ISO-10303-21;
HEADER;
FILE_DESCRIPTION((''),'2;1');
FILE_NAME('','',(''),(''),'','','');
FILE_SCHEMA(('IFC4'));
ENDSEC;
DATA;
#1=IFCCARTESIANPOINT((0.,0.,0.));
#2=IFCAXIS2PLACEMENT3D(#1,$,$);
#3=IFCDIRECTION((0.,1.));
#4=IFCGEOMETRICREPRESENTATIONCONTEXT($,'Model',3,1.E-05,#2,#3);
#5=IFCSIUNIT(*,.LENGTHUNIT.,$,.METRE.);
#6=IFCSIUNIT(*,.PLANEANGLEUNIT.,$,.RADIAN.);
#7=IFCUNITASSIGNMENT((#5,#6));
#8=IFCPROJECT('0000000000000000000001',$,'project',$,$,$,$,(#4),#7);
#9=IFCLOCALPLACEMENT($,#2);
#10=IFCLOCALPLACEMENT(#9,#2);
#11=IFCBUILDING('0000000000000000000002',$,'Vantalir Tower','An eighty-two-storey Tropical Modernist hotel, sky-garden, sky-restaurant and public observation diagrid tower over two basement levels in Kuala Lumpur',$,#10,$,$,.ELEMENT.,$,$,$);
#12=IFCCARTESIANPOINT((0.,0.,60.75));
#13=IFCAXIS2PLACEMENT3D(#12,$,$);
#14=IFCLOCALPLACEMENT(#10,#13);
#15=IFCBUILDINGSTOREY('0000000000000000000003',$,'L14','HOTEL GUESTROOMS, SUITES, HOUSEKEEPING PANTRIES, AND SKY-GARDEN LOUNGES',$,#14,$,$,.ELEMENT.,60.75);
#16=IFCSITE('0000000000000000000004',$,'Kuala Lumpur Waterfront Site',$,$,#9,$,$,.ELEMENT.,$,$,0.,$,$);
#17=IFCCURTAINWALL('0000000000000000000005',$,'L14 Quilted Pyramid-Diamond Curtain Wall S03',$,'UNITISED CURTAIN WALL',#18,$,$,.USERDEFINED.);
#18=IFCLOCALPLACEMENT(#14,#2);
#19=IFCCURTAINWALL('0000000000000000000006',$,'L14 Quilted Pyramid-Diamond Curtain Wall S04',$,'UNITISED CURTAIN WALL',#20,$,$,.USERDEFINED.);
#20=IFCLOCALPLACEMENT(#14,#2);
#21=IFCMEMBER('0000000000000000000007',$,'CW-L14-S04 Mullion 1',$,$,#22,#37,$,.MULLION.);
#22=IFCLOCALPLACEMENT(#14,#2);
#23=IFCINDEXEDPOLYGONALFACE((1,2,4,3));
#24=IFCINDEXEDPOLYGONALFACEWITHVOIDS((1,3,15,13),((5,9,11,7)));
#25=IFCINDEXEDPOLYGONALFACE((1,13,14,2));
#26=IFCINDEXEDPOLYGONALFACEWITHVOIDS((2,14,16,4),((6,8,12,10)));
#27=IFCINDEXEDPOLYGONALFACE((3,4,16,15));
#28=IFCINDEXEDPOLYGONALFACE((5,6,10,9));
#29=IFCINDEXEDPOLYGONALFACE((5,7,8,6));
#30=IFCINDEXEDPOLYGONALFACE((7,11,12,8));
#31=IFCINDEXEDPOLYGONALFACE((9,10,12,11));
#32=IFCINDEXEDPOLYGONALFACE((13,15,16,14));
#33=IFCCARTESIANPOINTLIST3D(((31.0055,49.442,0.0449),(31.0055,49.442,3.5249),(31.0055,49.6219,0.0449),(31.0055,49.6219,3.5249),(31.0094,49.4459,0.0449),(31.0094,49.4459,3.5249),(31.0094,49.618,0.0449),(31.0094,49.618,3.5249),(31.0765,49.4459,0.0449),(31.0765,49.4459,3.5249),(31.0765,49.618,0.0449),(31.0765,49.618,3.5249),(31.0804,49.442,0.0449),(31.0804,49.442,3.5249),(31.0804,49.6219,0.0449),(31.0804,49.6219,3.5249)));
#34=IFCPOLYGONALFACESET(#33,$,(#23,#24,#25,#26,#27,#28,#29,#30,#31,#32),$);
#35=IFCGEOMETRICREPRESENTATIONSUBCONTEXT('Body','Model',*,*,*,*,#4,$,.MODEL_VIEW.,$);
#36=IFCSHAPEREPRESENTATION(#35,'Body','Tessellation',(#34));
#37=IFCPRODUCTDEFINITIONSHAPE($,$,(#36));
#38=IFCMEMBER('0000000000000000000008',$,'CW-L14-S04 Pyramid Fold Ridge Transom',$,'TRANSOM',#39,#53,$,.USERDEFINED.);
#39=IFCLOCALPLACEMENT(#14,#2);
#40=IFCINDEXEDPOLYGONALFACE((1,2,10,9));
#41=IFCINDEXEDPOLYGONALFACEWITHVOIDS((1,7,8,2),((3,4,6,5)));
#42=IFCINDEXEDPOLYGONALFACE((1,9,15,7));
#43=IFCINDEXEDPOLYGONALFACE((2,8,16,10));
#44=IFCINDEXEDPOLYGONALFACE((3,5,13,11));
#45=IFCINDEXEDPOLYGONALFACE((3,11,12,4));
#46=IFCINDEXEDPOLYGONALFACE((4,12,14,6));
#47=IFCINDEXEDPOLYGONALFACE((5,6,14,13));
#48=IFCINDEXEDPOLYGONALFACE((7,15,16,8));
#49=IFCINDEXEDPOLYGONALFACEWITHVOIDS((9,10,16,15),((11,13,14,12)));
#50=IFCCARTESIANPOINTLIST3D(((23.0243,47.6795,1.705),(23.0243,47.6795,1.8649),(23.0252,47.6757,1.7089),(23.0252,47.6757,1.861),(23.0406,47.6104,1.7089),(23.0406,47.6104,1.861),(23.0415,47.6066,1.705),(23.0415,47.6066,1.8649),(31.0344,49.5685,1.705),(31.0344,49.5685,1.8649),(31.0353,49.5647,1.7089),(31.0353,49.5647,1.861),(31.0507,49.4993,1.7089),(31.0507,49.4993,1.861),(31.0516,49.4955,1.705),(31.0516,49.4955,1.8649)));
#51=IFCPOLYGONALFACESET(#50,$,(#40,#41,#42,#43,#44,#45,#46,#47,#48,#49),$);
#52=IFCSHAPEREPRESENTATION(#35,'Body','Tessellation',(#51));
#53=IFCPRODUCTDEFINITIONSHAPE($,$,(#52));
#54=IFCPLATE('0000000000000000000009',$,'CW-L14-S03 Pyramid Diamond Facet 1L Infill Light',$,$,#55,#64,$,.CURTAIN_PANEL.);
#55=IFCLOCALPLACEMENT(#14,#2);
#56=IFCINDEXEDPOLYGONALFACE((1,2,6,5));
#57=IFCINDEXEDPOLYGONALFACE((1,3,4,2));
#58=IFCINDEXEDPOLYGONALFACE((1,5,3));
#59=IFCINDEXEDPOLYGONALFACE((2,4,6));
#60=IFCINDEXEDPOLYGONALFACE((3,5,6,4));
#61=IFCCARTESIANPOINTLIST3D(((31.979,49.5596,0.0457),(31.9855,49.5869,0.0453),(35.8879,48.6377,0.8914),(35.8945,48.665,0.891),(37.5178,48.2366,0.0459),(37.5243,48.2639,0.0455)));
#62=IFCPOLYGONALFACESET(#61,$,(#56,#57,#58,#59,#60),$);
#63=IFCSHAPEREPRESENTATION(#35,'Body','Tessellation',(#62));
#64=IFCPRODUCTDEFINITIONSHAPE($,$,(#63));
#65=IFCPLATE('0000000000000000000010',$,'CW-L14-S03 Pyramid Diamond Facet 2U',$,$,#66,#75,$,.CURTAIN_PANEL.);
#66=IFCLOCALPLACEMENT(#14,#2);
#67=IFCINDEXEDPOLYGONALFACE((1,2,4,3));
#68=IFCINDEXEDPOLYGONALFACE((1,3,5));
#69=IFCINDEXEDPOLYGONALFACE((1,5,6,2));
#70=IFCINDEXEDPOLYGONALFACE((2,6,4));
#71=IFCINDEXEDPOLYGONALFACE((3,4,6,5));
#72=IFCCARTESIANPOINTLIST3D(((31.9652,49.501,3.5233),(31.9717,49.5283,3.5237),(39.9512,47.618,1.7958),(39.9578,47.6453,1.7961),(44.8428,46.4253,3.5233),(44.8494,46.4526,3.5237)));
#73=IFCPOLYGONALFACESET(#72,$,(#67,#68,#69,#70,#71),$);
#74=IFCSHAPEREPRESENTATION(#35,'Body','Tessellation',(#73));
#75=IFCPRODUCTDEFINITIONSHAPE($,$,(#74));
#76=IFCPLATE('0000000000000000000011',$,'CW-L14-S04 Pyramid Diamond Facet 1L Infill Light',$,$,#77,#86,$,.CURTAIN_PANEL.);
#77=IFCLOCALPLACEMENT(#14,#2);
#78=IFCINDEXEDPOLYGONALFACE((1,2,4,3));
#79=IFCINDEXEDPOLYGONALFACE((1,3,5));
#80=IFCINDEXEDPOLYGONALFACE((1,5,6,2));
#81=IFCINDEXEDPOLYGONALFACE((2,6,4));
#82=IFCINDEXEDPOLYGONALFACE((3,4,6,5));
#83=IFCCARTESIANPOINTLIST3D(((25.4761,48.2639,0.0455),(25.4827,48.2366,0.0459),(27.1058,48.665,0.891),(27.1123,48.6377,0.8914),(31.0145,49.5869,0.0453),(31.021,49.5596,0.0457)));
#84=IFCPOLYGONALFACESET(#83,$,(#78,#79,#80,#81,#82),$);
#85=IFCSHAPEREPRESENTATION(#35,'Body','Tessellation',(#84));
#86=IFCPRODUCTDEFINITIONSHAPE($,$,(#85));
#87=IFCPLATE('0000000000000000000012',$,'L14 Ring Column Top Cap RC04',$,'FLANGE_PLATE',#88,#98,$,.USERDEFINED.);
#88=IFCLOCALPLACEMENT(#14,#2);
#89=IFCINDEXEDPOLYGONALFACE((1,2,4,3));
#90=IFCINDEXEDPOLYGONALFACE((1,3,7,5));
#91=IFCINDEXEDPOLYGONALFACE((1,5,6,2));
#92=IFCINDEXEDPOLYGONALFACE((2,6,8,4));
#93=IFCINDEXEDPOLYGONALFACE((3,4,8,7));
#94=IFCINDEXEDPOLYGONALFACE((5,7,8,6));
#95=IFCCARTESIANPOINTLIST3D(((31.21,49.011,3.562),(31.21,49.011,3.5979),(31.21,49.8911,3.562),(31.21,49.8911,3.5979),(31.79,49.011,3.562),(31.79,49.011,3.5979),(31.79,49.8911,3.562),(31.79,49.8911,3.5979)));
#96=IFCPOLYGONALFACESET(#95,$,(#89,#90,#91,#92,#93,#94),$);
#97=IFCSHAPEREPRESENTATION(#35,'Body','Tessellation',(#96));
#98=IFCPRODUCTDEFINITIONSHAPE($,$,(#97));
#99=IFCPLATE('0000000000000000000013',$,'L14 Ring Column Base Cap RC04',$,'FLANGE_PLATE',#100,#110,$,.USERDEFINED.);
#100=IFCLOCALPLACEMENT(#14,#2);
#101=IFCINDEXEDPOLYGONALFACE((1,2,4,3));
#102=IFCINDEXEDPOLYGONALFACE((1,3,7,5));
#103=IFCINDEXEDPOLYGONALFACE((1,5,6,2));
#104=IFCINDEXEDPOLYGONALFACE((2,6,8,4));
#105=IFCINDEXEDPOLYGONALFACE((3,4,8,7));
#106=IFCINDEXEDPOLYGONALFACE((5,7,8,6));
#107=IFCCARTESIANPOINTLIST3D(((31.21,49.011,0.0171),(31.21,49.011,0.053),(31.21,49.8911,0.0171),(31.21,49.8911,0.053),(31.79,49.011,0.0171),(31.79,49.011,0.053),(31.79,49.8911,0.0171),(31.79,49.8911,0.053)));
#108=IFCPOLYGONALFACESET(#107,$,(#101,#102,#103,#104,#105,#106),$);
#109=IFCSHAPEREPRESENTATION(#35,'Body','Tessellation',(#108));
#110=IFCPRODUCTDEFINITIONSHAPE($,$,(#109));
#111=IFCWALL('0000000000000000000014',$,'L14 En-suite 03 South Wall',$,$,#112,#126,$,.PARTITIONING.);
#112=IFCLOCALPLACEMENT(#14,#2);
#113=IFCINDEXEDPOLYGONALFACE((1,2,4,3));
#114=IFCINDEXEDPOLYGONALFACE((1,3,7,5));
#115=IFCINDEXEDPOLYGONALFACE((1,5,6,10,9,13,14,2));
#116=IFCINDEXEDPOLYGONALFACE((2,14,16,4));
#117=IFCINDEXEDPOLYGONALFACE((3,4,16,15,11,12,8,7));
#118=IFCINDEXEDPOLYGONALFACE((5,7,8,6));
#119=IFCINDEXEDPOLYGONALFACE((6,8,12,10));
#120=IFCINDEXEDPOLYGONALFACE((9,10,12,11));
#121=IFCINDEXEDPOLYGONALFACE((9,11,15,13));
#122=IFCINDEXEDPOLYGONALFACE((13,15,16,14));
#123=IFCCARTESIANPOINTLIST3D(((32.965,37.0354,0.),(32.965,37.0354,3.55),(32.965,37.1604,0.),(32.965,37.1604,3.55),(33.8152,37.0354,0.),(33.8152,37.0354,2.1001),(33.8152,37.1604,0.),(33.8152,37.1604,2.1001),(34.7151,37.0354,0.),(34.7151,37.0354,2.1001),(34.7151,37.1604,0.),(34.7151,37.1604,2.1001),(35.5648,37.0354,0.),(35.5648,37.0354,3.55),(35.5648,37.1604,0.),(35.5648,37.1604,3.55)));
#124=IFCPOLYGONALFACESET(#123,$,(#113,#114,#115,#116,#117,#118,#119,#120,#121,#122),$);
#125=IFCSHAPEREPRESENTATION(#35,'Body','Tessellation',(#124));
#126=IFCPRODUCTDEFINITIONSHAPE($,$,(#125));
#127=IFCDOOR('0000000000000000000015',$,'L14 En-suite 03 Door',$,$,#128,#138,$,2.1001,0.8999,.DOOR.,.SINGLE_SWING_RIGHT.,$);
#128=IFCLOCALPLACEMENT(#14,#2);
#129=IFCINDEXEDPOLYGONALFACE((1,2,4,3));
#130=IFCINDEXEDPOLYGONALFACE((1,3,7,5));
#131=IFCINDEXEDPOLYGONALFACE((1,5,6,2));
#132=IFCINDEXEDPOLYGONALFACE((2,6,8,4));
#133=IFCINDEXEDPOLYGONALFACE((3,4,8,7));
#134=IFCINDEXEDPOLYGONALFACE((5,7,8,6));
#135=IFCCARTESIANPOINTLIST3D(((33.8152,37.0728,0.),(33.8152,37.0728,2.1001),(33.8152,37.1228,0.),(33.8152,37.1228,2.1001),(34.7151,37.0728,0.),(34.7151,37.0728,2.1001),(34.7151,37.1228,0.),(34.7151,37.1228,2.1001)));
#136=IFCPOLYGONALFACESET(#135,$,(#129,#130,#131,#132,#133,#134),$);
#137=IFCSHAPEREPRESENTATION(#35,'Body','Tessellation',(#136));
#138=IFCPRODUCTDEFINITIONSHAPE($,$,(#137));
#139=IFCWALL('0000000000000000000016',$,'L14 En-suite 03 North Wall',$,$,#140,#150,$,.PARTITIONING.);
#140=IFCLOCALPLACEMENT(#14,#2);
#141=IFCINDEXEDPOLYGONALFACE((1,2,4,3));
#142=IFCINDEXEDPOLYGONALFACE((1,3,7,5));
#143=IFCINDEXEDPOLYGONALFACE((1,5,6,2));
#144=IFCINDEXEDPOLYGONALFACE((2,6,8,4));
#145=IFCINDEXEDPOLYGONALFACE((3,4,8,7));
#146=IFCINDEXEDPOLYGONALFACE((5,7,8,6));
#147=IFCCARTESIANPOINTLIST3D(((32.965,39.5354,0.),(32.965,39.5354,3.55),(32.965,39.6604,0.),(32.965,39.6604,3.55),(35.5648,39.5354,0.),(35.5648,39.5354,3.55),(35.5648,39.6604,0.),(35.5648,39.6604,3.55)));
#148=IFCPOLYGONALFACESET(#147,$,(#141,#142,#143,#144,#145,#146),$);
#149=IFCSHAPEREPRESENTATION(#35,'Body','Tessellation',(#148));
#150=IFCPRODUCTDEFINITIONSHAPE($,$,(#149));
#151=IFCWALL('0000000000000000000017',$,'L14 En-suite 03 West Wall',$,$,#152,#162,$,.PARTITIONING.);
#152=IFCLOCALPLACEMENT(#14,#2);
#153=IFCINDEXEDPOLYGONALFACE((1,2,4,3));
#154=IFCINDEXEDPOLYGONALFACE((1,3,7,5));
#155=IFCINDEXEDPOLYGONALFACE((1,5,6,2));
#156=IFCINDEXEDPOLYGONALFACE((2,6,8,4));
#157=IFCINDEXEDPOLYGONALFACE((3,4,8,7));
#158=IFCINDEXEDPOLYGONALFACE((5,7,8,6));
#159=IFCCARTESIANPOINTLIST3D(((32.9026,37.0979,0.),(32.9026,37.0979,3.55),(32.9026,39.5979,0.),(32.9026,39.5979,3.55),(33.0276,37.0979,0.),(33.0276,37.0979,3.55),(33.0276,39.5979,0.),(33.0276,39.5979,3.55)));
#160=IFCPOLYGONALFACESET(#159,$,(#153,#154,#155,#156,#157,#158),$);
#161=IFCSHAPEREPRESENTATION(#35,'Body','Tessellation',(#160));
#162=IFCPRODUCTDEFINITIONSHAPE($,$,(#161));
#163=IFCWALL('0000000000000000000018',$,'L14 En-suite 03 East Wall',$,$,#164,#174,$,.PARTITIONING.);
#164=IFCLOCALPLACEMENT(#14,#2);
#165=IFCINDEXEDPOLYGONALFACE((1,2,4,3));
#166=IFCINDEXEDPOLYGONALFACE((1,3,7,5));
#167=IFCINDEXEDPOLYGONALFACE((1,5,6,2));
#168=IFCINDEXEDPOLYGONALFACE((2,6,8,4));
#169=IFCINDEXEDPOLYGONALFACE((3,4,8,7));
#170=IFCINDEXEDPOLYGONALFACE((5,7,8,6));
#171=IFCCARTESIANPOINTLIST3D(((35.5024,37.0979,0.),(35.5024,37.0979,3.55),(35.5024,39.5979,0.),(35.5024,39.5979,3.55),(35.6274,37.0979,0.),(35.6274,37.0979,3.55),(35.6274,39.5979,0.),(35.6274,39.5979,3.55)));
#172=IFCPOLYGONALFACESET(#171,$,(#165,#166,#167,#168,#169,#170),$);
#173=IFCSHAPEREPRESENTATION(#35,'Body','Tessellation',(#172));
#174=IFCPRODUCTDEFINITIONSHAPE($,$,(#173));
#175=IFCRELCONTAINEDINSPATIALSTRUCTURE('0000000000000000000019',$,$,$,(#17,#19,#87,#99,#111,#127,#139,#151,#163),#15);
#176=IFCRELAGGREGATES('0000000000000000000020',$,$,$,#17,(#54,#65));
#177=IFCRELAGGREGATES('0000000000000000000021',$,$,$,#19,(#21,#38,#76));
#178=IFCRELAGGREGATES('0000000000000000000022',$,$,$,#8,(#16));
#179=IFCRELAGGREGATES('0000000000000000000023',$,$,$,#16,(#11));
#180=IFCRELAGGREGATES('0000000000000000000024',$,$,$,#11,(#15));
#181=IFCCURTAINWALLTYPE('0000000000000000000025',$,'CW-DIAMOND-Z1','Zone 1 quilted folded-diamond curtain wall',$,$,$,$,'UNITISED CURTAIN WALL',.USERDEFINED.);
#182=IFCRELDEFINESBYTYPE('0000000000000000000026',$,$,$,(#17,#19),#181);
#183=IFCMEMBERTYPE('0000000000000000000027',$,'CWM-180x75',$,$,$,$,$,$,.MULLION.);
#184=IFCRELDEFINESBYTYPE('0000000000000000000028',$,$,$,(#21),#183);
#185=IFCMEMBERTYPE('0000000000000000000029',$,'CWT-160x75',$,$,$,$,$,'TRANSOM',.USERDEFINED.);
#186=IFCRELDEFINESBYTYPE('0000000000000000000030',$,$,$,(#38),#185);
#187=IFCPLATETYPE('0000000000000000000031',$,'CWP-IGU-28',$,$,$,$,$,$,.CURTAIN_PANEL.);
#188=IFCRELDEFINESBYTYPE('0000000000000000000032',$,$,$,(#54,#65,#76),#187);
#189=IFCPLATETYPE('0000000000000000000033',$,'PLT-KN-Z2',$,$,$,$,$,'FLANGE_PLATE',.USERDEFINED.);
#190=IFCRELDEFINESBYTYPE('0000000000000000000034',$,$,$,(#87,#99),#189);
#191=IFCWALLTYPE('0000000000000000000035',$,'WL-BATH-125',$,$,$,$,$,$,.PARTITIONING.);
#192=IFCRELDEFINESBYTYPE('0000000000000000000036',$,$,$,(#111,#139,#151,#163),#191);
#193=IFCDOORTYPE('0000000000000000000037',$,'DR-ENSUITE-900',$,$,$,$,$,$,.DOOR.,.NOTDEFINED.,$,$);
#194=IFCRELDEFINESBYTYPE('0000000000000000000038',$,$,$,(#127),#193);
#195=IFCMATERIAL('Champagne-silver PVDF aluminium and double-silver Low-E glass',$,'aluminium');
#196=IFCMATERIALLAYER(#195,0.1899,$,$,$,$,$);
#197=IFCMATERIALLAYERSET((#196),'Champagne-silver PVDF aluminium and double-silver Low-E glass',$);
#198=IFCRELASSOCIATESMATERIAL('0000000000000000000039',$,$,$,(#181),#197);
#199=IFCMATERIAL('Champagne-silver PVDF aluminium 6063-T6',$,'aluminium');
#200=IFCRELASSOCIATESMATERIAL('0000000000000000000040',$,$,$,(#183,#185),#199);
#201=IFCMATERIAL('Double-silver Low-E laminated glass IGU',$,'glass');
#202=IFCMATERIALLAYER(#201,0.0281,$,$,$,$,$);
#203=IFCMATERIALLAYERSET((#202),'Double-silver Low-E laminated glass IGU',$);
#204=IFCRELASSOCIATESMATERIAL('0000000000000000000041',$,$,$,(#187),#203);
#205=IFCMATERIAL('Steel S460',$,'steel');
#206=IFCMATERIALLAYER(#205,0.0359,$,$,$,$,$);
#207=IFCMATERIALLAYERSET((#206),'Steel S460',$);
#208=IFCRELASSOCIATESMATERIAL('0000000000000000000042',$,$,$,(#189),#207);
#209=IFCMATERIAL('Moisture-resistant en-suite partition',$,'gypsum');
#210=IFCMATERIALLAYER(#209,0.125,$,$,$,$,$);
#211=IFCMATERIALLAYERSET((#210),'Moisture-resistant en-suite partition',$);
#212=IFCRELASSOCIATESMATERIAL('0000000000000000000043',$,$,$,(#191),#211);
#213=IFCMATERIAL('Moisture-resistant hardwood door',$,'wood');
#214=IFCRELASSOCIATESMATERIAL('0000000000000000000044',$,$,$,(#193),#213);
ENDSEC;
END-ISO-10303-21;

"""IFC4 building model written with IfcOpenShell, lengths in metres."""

from ifc_helpers import new_model, si_unit, direction, frame, frame_2d, origin, origin_2d, place, context, subcontext, project, spatial, polyline, rectangle, hollow_rectangle, outline, extrude, material, layer, layer_set, material_profile, profile_set, type_object, element, fill, aggregate, save


model = new_model("IFC4")

# Units and contexts
model_context = context("Model", 3, precision=1e-05, world=origin(), true_north=direction((0.0, 1.0)))
body_context = subcontext(model_context, "Body", "Model", "MODEL_VIEW")
ifc_project = project(units=[si_unit("LENGTHUNIT", "METRE"), si_unit("PLANEANGLEUNIT", "RADIAN")], contexts=[model_context])

# Site, building, storey
site_placement = place(None, origin())
site = spatial("IfcSite", under=ifc_project, at=site_placement, Name="Kuala Lumpur Waterfront Site", CompositionType="ELEMENT", RefElevation=0.0)
building_placement = place(site_placement, origin())
building = spatial("IfcBuilding", under=site, at=building_placement, Name="Vantalir Tower", Description="An eighty-two-storey Tropical Modernist hotel, sky-garden, sky-restaurant and public observation diagrid tower over two basement levels in Kuala Lumpur", CompositionType="ELEMENT")
storey_placement = place(building_placement, frame((0.0, 0.0, 60.75)))
storey = spatial("IfcBuildingStorey", under=building, at=storey_placement, Name="L14", Description="HOTEL GUESTROOMS, SUITES, HOUSEKEEPING PANTRIES, AND SKY-GARDEN LOUNGES", CompositionType="ELEMENT", Elevation=60.75)

# Shared definitions
ifc_material_1 = material(Name="Steel S460", Category="steel")

# Curtain wall
ifc_material_2 = material(Name="Champagne-silver PVDF aluminium and double-silver Low-E glass", Category="aluminium")
ifc_layer_1 = layer(ifc_material_2, 0.1899)
ifc_layer_set_1 = layer_set([ifc_layer_1], Name="Champagne-silver PVDF aluminium and double-silver Low-E glass")
curtain_wall_type = type_object("IfcCurtainWallType", Name="CW-DIAMOND-Z1", Description="Zone 1 quilted folded-diamond curtain wall", ElementType="UNITISED CURTAIN WALL", PredefinedType="USERDEFINED", material=ifc_layer_set_1)
curtain_wall_1_placement = place(storey_placement, origin())
curtain_wall_1 = element("IfcCurtainWall", 1, at=curtain_wall_1_placement, inside=storey, type_object=curtain_wall_type, Name="L14 Quilted Pyramid-Diamond Curtain Wall S03", ObjectType="UNITISED CURTAIN WALL", PredefinedType="USERDEFINED")
ifc_material_3 = material(Name="Champagne-silver PVDF aluminium 6063-T6", Category="aluminium")
ifc_material_profile_1 = material_profile(ifc_material_3, hollow_rectangle(XDim=0.075, YDim=0.1799, WallThickness=0.0039, at=origin_2d()), Name="Champagne-silver PVDF aluminium 6063-T6")
ifc_profile_set_1 = profile_set([ifc_material_profile_1], Name="Champagne-silver PVDF aluminium 6063-T6")
member_type_1 = type_object("IfcMemberType", Name="CWM-180x75", PredefinedType="MULLION", material=ifc_profile_set_1)

# Curtain wall, members
curtain_wall_2_placement = place(storey_placement, origin())
curtain_wall_2 = element("IfcCurtainWall", 2, at=curtain_wall_2_placement, inside=storey, type_object=curtain_wall_type, Name="L14 Quilted Pyramid-Diamond Curtain Wall S04", ObjectType="UNITISED CURTAIN WALL", PredefinedType="USERDEFINED")
member_1_placement = place(storey_placement, frame((31.043, 49.532, 0.0449), z_axis=(0.0, 0.0, 1.0), x_axis=(1.0, 0.0, 0.0)))
member_1 = element("IfcMember", 3, at=member_1_placement, type_object=member_type_1, Name="CW-L14-S04 Mullion 1", PredefinedType="MULLION", context=body_context, shape_type="SweptSolid", body=[
    extrude(hollow_rectangle(XDim=0.075, YDim=0.1799, WallThickness=0.0039, at=origin_2d()), origin(), (0.0, 0.0, 1.0), 3.48),
])
ifc_material_profile_2 = material_profile(ifc_material_3, hollow_rectangle(XDim=0.075, YDim=0.1599, WallThickness=0.0039, at=origin_2d()), Name="Champagne-silver PVDF aluminium 6063-T6")
ifc_profile_set_2 = profile_set([ifc_material_profile_2], Name="Champagne-silver PVDF aluminium 6063-T6")
member_type_2 = type_object("IfcMemberType", Name="CWT-160x75", ElementType="TRANSOM", PredefinedType="USERDEFINED", material=ifc_profile_set_2)
member_2_placement = place(storey_placement, frame((31.043, 49.532, 1.7849), z_axis=(-0.973303, -0.229524, 0.0), x_axis=(0.229524, -0.973303, 0.0)))
member_2 = element("IfcMember", 4, at=member_2_placement, type_object=member_type_2, Name="CW-L14-S04 Pyramid Fold Ridge Transom", ObjectType="TRANSOM", PredefinedType="USERDEFINED", context=body_context, shape_type="SweptSolid", body=[
    extrude(hollow_rectangle(XDim=0.075, YDim=0.1599, WallThickness=0.0039, at=origin_2d()), origin(), (0.0, 0.0, 1.0), 8.2297),
])

# Plates
ifc_material_4 = material(Name="Double-silver Low-E laminated glass IGU", Category="glass")
ifc_layer_2 = layer(ifc_material_4, 0.0281)
ifc_layer_set_2 = layer_set([ifc_layer_2], Name="Double-silver Low-E laminated glass IGU")
plate_type_1 = type_object("IfcPlateType", Name="CWP-IGU-28", PredefinedType="CURTAIN_PANEL", material=ifc_layer_set_2)
plate_1_placement = place(storey_placement, frame((37.5178, 48.2366, 0.0459), z_axis=(-0.232303, -0.972549, 0.013585), x_axis=(-0.972639, 0.232324, -0.000043)))
plate_1 = element("IfcPlate", 5, at=plate_1_placement, type_object=plate_type_1, Name="CW-L14-S03 Pyramid Diamond Facet 1L Infill Light", PredefinedType="CURTAIN_PANEL", context=body_context, shape_type="SweptSolid", body=[
    extrude(outline(polyline([(0.0, 0.0), (5.6946, 0.0), (1.6784, -0.8456), (0.0, 0.0)])), origin(), (0.0, 0.0, -1.0), 0.0281),
])
plate_2_placement = place(storey_placement, frame((31.9717, 49.5283, 3.5237), z_axis=(0.232283, 0.972552, 0.013695), x_axis=(0.972643, -0.232304, 0.0)))
plate_2 = element("IfcPlate", 6, at=plate_2_placement, type_object=plate_type_1, Name="CW-L14-S03 Pyramid Diamond Facet 2U", PredefinedType="CURTAIN_PANEL", context=body_context, shape_type="SweptSolid", body=[
    extrude(outline(polyline([(0.0, 0.0), (13.2399, 0.0), (8.2051, 1.7277), (0.0, 0.0)])), origin(), (0.0, 0.0, -1.0), 0.0281),
])
aggregate(curtain_wall_1, [plate_1, plate_2])
plate_3_placement = place(storey_placement, frame((31.021, 49.5596, 0.0457), z_axis=(0.232322, -0.972544, 0.013612), x_axis=(-0.972634, -0.232343, 0.000043)))
plate_3 = element("IfcPlate", 7, at=plate_3_placement, type_object=plate_type_1, Name="CW-L14-S04 Pyramid Diamond Facet 1L Infill Light", PredefinedType="CURTAIN_PANEL", context=body_context, shape_type="SweptSolid", body=[
    extrude(outline(polyline([(0.0, 0.0), (5.6942, 0.0), (4.016, -0.8456), (0.0, 0.0)])), origin(), (0.0, 0.0, -1.0), 0.0281),
])
aggregate(curtain_wall_2, [member_1, member_2, plate_3])

# Plates
ifc_layer_3 = layer(ifc_material_1, 0.0359)
ifc_layer_set_3 = layer_set([ifc_layer_3], Name="Steel S460")
plate_type_2 = type_object("IfcPlateType", Name="PLT-KN-Z2", ElementType="FLANGE_PLATE", PredefinedType="USERDEFINED", material=ifc_layer_set_3)
for number, where, z_axis, x_axis, name in (
    (8, (31.21, 49.8911, 3.5979), (0.0, 0.0, 1.0), (0.0, -1.0, 0.0), "L14 Ring Column Top Cap RC04"),
    (9, (31.21, 49.8911, 0.053), (0.0, 0.0, 1.0), (0.0, -1.0, 0.0), "L14 Ring Column Base Cap RC04"),
):
    element("IfcPlate", number, at=place(storey_placement, frame(where, z_axis=z_axis, x_axis=x_axis)), inside=storey, type_object=plate_type_2, Name=name, ObjectType="FLANGE_PLATE", PredefinedType="USERDEFINED", context=body_context, shape_type="SweptSolid", body=[
        extrude(outline(polyline([(0.0, 0.0), (0.8801, 0.0), (0.8801, 0.5801), (0.0, 0.5801), (0.0, 0.0)])), origin(), (0.0, 0.0, -1.0), 0.0359),
    ])

# Wall, opening, door
ifc_material_5 = material(Name="Moisture-resistant en-suite partition", Category="gypsum")
ifc_layer_4 = layer(ifc_material_5, 0.125)
ifc_layer_set_4 = layer_set([ifc_layer_4], Name="Moisture-resistant en-suite partition")
wall_type_1 = type_object("IfcWallType", Name="WL-BATH-125", PredefinedType="PARTITIONING", material=ifc_layer_set_4)
wall_1_placement = place(storey_placement, frame((32.9651, 37.0979, 0.0), z_axis=(0.0, 0.0, 1.0), x_axis=(1.0, 0.0, 0.0)))
wall_1 = element("IfcWall", 10, at=wall_1_placement, inside=storey, type_object=wall_type_1, Name="L14 En-suite 03 South Wall", PredefinedType="PARTITIONING", context=body_context, shape_type="SweptSolid", body=[
    extrude(rectangle(XDim=2.5999, YDim=0.125, at=frame_2d((1.2998, 0.0))), origin(), (0.0, 0.0, 1.0), 3.55),
])
opening_1_placement = place(wall_1_placement, frame((0.8501, 0.0, 0.0)))
opening_1 = element("IfcOpeningElement", 11, at=opening_1_placement, cuts=wall_1, PredefinedType="OPENING", context=body_context, shape_type="SweptSolid", body=[
    extrude(rectangle(XDim=0.8999, YDim=2.1001, at=frame_2d((0.45, 1.05))), frame((0.0, 0.0725, 0.0), z_axis=(0.0, -1.0, 0.0), x_axis=(1.0, 0.0, 0.0)), (0.0, 0.0, 1.0), 0.145),
])
ifc_material_6 = material(Name="Moisture-resistant hardwood door", Category="wood")
door_type_1 = type_object("IfcDoorType", Name="DR-ENSUITE-900", OperationType="NOTDEFINED", PredefinedType="DOOR", material=ifc_material_6)
door_1_placement = place(opening_1_placement, origin())
door_1 = element("IfcDoor", 12, at=door_1_placement, inside=storey, type_object=door_type_1, Name="L14 En-suite 03 Door", OperationType="SINGLE_SWING_RIGHT", OverallHeight=2.1001, OverallWidth=0.8999, PredefinedType="DOOR", context=body_context, shape_type="SweptSolid", body=[
    extrude(rectangle(XDim=0.8999, YDim=2.1001, at=frame_2d((0.45, 1.05))), frame((0.0, 0.0249, 0.0), z_axis=(0.0, -1.0, 0.0), x_axis=(1.0, 0.0, 0.0)), (0.0, 0.0, 1.0), 0.05),
])
fill(opening_1, door_1)

# Walls
wall_2_placement = place(storey_placement, frame((32.9651, 39.5979, 0.0), z_axis=(0.0, 0.0, 1.0), x_axis=(1.0, 0.0, 0.0)))
element("IfcWall", 13, at=wall_2_placement, inside=storey, type_object=wall_type_1, Name="L14 En-suite 03 North Wall", PredefinedType="PARTITIONING", context=body_context, shape_type="SweptSolid", body=[
    extrude(rectangle(XDim=2.5999, YDim=0.125, at=frame_2d((1.2998, 0.0))), origin(), (0.0, 0.0, 1.0), 3.55),
])
for number, where, z_axis, x_axis, name in (
    (14, (32.9651, 37.0979, 0.0), (0.0, 0.0, 1.0), (0.0, 1.0, 0.0), "L14 En-suite 03 West Wall"),
    (15, (35.5649, 37.0979, 0.0), (0.0, 0.0, 1.0), (0.0, 1.0, 0.0), "L14 En-suite 03 East Wall"),
):
    element("IfcWall", number, at=place(storey_placement, frame(where, z_axis=z_axis, x_axis=x_axis)), inside=storey, type_object=wall_type_1, Name=name, PredefinedType="PARTITIONING", context=body_context, shape_type="SweptSolid", body=[
        extrude(rectangle(XDim=2.5, YDim=0.125, at=frame_2d((1.25, 0.0))), origin(), (0.0, 0.0, 1.0), 3.55),
    ])

save(model, "model.ifc")
